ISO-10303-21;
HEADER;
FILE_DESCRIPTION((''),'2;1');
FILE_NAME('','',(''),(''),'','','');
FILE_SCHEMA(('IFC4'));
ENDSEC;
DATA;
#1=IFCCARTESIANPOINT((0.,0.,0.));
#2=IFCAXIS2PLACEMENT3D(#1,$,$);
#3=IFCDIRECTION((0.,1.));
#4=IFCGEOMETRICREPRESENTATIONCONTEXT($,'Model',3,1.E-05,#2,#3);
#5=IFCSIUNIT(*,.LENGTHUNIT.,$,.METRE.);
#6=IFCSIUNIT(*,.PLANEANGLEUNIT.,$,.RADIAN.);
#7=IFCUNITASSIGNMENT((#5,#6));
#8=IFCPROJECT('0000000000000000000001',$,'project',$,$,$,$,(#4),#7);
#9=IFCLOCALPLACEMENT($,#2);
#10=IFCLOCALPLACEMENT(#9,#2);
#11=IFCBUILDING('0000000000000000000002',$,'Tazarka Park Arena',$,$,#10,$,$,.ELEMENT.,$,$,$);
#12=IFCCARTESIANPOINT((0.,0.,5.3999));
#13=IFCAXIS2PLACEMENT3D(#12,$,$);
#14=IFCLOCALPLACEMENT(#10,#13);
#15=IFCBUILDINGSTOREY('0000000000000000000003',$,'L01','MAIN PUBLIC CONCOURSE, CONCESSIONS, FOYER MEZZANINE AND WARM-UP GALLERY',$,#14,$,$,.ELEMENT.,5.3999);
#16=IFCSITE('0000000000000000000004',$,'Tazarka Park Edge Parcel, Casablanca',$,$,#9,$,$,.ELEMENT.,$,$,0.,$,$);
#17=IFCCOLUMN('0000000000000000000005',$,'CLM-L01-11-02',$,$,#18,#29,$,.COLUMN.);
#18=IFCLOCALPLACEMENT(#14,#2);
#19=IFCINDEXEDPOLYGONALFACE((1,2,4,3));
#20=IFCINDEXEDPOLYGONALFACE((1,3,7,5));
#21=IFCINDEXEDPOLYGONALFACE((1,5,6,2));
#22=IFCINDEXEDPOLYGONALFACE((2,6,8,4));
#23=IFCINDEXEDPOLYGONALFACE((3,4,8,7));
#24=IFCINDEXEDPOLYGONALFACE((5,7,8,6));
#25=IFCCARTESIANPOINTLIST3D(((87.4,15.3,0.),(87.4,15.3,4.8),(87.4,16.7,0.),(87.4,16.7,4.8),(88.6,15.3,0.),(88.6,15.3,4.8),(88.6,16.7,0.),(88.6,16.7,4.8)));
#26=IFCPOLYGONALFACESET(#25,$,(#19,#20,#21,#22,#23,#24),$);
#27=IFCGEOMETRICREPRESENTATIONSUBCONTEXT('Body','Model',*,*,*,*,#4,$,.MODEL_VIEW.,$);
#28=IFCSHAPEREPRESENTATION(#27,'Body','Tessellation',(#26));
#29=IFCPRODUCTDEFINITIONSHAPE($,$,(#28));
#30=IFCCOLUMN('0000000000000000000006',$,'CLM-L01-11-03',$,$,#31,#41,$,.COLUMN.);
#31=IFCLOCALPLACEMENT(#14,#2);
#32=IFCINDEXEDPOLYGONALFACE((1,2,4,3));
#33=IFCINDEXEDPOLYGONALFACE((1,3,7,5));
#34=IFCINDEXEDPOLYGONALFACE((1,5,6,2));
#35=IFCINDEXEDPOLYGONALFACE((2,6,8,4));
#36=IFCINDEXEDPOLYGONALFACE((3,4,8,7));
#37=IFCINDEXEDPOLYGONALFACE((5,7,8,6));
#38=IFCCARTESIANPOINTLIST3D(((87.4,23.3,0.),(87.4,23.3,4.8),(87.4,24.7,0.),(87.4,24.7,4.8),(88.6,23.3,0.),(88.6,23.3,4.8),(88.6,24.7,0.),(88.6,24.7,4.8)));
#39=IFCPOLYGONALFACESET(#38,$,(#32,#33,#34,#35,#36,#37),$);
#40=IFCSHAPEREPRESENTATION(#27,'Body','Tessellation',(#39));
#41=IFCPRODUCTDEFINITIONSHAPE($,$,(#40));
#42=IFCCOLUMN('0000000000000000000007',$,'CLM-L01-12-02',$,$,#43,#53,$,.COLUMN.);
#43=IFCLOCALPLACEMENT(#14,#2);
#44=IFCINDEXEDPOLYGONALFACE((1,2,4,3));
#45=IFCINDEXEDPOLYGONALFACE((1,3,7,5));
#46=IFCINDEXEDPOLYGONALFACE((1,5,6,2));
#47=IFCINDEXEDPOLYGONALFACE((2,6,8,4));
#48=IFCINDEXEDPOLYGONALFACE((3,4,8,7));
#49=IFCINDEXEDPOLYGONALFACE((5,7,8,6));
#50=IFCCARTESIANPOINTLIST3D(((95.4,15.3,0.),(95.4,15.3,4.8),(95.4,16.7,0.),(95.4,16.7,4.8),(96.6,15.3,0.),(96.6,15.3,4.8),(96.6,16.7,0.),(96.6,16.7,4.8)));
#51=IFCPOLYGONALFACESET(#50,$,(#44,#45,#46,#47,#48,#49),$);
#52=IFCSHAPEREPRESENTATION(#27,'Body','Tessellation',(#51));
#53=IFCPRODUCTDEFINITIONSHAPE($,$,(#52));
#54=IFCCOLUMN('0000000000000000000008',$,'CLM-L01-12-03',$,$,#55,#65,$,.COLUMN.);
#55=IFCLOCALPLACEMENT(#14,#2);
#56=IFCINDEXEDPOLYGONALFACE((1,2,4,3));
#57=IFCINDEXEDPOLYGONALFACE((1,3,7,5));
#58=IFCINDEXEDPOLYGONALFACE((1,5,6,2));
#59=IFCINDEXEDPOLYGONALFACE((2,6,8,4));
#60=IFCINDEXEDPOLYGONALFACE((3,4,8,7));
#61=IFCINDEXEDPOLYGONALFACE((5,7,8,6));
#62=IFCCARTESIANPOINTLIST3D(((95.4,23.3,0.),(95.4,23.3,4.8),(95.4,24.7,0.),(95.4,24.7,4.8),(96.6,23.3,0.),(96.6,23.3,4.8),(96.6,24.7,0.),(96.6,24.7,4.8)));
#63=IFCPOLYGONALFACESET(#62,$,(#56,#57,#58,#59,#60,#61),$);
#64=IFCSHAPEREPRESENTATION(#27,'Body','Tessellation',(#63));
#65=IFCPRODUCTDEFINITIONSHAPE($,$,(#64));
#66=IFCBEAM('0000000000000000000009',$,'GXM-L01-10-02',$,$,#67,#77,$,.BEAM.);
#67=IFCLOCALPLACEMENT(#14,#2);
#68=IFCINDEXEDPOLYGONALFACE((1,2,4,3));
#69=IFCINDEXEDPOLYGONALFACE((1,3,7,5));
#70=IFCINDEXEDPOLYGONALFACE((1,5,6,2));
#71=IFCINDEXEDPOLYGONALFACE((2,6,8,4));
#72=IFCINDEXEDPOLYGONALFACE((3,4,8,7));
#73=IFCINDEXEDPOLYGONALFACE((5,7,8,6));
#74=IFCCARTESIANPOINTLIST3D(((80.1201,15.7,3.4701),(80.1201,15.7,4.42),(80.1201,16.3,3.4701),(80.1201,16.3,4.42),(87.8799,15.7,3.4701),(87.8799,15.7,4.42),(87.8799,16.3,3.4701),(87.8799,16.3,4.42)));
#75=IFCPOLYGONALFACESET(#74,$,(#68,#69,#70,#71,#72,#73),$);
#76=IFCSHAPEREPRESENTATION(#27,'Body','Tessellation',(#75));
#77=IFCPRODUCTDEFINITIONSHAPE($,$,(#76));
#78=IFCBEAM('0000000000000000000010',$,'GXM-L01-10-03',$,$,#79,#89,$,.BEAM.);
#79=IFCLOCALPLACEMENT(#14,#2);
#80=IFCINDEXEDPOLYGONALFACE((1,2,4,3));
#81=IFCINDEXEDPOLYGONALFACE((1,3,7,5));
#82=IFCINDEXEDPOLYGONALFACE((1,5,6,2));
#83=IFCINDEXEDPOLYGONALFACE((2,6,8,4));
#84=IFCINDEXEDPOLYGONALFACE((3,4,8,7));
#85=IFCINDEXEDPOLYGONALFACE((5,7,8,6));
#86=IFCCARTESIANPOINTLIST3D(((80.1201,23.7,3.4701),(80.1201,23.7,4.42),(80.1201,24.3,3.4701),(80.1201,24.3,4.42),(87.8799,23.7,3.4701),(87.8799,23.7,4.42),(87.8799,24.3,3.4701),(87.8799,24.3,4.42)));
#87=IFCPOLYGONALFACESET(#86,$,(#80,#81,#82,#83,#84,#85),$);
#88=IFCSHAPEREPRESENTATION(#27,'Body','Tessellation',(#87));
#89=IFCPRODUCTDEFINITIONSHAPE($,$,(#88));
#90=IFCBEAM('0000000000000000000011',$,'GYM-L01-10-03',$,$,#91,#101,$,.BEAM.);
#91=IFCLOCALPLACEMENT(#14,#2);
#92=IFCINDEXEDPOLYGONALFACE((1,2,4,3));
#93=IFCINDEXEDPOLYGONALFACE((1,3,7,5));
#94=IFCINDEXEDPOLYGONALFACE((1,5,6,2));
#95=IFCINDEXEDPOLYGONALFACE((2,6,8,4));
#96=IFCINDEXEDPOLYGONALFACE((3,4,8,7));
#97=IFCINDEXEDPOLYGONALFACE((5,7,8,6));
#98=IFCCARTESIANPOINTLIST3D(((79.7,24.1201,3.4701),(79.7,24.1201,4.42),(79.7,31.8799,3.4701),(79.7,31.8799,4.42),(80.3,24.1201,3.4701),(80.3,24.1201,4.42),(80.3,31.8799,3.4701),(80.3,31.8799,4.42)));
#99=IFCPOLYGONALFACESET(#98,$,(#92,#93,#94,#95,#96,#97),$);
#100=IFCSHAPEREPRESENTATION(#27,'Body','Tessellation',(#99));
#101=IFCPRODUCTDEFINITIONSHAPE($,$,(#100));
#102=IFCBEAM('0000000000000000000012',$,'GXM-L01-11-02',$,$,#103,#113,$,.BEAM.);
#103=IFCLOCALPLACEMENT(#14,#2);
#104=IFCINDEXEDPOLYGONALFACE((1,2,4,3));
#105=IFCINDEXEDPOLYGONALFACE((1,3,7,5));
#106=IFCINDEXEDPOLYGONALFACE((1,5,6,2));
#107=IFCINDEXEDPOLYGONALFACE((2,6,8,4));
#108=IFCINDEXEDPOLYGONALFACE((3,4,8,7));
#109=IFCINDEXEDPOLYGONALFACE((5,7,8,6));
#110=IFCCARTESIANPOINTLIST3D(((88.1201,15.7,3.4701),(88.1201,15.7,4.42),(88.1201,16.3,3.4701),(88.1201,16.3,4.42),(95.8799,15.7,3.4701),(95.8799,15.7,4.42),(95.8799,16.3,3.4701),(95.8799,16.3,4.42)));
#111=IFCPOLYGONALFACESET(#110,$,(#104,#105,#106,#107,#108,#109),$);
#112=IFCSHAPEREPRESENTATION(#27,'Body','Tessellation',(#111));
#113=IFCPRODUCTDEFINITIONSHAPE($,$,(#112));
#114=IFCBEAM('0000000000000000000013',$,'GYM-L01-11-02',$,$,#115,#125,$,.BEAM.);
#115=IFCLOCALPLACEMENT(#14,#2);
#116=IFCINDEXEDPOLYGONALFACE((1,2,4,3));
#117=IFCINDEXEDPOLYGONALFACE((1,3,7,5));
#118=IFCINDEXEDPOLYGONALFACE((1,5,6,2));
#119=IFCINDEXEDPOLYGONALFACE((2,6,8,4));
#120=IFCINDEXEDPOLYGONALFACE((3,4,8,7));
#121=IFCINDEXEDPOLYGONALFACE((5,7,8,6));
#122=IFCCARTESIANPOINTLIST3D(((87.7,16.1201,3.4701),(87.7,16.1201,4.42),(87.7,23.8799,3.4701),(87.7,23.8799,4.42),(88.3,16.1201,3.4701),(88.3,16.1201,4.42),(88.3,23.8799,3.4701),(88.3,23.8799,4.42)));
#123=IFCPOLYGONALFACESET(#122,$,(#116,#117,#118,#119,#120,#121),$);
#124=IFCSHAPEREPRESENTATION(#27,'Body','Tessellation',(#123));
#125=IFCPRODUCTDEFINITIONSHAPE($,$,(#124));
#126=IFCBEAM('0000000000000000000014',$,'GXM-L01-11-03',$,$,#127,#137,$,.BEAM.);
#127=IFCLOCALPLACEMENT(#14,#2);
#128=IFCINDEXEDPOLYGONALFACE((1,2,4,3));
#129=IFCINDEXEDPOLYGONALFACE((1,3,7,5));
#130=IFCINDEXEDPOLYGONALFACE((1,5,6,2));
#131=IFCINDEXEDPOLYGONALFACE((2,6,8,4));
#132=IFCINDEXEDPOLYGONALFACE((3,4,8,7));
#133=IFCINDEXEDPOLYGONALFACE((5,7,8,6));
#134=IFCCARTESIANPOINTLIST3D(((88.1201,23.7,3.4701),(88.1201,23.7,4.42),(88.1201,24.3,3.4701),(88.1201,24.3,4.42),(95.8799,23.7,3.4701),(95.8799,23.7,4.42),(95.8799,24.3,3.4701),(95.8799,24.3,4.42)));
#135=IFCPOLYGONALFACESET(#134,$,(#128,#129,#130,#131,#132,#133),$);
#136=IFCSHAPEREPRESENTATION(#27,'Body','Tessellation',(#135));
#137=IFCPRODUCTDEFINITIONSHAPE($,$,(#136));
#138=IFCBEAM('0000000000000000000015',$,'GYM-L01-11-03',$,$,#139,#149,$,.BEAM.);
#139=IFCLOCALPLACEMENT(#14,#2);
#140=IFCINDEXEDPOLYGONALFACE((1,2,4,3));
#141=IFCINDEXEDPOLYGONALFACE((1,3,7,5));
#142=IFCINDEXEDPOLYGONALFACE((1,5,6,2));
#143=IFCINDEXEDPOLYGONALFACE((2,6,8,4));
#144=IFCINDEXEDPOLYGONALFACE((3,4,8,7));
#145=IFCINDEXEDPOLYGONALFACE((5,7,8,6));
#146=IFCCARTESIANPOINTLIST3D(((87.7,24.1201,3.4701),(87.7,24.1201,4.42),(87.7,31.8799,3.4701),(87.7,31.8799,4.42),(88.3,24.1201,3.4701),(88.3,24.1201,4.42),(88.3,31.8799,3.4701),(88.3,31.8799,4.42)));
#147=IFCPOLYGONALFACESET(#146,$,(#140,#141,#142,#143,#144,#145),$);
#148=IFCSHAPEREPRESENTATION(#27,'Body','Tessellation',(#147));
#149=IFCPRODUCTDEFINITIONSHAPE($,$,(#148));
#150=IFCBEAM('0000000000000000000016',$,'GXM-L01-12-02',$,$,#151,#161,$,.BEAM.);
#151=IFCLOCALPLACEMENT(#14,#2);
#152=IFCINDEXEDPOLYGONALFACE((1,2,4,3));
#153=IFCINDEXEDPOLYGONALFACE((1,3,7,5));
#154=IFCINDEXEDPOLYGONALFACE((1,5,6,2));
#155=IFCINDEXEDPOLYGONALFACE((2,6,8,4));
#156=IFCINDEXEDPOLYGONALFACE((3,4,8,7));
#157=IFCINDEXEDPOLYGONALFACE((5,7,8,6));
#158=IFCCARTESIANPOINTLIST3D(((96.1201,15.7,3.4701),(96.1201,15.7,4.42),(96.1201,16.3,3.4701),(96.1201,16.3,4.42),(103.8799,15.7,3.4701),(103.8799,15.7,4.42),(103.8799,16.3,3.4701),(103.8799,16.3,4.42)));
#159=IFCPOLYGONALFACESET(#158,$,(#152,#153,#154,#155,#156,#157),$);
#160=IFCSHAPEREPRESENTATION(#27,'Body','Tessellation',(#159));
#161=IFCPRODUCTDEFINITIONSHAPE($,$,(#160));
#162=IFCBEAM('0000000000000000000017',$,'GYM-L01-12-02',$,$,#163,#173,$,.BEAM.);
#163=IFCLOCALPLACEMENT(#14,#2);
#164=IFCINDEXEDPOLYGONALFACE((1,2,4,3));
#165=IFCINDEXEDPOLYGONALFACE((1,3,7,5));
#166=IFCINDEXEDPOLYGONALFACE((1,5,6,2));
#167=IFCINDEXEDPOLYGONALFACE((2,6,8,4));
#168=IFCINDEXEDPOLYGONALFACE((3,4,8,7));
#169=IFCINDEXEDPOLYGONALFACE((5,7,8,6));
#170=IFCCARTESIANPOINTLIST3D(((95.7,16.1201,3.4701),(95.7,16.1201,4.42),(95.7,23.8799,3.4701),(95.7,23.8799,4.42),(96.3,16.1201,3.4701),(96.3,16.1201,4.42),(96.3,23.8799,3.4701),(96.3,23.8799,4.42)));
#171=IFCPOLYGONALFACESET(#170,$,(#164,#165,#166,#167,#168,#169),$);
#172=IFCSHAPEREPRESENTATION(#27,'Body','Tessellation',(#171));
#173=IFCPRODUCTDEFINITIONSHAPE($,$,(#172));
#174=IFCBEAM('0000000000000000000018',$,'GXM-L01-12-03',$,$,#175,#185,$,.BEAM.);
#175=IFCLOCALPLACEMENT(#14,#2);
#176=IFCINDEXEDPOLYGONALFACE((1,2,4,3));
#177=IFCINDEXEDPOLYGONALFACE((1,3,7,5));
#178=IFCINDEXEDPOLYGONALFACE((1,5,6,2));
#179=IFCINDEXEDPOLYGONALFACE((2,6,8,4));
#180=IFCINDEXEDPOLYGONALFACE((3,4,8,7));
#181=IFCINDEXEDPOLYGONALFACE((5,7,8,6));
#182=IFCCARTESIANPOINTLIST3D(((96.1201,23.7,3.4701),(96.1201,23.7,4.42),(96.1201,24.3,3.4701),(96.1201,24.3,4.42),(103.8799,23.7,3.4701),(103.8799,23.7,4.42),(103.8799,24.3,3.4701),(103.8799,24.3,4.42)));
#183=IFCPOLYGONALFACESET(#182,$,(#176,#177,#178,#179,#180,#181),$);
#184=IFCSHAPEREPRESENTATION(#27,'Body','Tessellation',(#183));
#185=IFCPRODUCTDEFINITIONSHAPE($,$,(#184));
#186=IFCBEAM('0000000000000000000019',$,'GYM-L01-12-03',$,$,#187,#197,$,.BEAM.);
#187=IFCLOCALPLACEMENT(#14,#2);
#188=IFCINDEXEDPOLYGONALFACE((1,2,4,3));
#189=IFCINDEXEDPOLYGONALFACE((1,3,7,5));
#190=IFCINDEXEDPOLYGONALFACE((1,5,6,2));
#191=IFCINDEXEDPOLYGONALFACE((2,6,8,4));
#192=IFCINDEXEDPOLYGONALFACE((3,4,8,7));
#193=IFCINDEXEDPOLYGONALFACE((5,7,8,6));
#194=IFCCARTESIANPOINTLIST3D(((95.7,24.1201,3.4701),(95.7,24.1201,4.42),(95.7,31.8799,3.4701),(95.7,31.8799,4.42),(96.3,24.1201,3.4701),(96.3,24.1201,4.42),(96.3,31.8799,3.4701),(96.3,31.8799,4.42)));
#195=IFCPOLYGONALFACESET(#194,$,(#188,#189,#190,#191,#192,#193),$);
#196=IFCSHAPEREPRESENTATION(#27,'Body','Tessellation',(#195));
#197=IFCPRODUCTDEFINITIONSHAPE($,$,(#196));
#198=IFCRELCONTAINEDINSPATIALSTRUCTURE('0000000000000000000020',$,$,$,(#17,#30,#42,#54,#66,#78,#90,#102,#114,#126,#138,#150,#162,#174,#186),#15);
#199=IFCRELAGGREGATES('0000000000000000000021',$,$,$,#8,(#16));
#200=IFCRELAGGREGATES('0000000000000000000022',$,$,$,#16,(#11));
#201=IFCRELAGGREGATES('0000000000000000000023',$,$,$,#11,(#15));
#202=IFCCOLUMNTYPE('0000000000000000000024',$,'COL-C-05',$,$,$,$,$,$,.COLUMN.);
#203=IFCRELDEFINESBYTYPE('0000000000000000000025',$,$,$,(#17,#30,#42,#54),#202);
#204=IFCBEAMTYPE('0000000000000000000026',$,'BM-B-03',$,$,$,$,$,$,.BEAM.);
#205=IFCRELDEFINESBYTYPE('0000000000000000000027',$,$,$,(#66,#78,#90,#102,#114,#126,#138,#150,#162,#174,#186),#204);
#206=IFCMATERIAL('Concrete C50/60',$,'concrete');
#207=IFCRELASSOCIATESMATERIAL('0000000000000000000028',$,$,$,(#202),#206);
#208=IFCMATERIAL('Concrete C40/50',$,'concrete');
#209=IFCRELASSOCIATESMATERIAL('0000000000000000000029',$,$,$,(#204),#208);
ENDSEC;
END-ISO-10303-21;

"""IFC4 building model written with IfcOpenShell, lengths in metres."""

from ifc_helpers import new_model, si_unit, direction, frame, origin, origin_2d, place, context, subcontext, project, spatial, rectangle, extrude, material, material_profile, profile_set, type_object, element, save


model = new_model("IFC4")

# Units and contexts
model_context = context("Model", 3, precision=1e-05, world=origin(), true_north=direction((0.0, 1.0)))
body_context = subcontext(model_context, "Body", "Model", "MODEL_VIEW")
ifc_project = project(units=[si_unit("LENGTHUNIT", "METRE"), si_unit("PLANEANGLEUNIT", "RADIAN")], contexts=[model_context])

# Site, building, storey
site_placement = place(None, origin())
site = spatial("IfcSite", under=ifc_project, at=site_placement, Name="Tazarka Park Edge Parcel, Casablanca", CompositionType="ELEMENT", RefElevation=0.0)
building_placement = place(site_placement, origin())
building = spatial("IfcBuilding", under=site, at=building_placement, Name="Tazarka Park Arena", CompositionType="ELEMENT")
storey_placement = place(building_placement, frame((0.0, 0.0, 5.3999)))
storey = spatial("IfcBuildingStorey", under=building, at=storey_placement, Name="L01", Description="MAIN PUBLIC CONCOURSE, CONCESSIONS, FOYER MEZZANINE AND WARM-UP GALLERY", CompositionType="ELEMENT", Elevation=5.3999)

# Columns
ifc_material_1 = material(Name="Concrete C50/60", Category="concrete")
ifc_material_profile_1 = material_profile(ifc_material_1, rectangle(XDim=1.2, YDim=1.3999, at=origin_2d()), Name="Concrete C50/60")
ifc_profile_set_1 = profile_set([ifc_material_profile_1], Name="Concrete C50/60")
column_type = type_object("IfcColumnType", Name="COL-C-05", PredefinedType="COLUMN", material=ifc_profile_set_1)
for number, where, z_axis, x_axis, name in (
    (1, (88.0, 16.0, 0.0), (0.0, 0.0, 1.0), (1.0, 0.0, 0.0), "CLM-L01-11-02"),
    (2, (88.0, 24.0, 0.0), (0.0, 0.0, 1.0), (1.0, 0.0, 0.0), "CLM-L01-11-03"),
    (3, (96.0, 16.0, 0.0), (0.0, 0.0, 1.0), (1.0, 0.0, 0.0), "CLM-L01-12-02"),
    (4, (96.0, 24.0, 0.0), (0.0, 0.0, 1.0), (1.0, 0.0, 0.0), "CLM-L01-12-03"),
):
    element("IfcColumn", number, at=place(storey_placement, frame(where, z_axis=z_axis, x_axis=x_axis)), inside=storey, type_object=column_type, Name=name, PredefinedType="COLUMN", context=body_context, shape_type="SweptSolid", body=[
        extrude(rectangle(XDim=1.2, YDim=1.3999, at=origin_2d()), origin(), (0.0, 0.0, 1.0), 4.8),
    ])

# Beams
ifc_material_2 = material(Name="Concrete C40/50", Category="concrete")
ifc_material_profile_2 = material_profile(ifc_material_2, rectangle(XDim=0.6001, YDim=0.95, at=origin_2d()), Name="Concrete C40/50")
ifc_profile_set_2 = profile_set([ifc_material_profile_2], Name="Concrete C40/50")
beam_type_1 = type_object("IfcBeamType", Name="BM-B-03", PredefinedType="BEAM", material=ifc_profile_set_2)
for number, where, z_axis, x_axis, name in (
    (5, (80.1201, 16.0, 3.9451), (1.0, 0.0, 0.0), (0.0, 1.0, 0.0), "GXM-L01-10-02"),
    (6, (80.1201, 24.0, 3.9451), (1.0, 0.0, 0.0), (0.0, 1.0, 0.0), "GXM-L01-10-03"),
    (7, (80.0, 24.1201, 3.9451), (0.0, 1.0, 0.0), (-1.0, 0.0, 0.0), "GYM-L01-10-03"),
    (8, (88.1201, 16.0, 3.9451), (1.0, 0.0, 0.0), (0.0, 1.0, 0.0), "GXM-L01-11-02"),
    (9, (88.0, 16.1201, 3.9451), (0.0, 1.0, 0.0), (-1.0, 0.0, 0.0), "GYM-L01-11-02"),
    (10, (88.1201, 24.0, 3.9451), (1.0, 0.0, 0.0), (0.0, 1.0, 0.0), "GXM-L01-11-03"),
    (11, (88.0, 24.1201, 3.9451), (0.0, 1.0, 0.0), (-1.0, 0.0, 0.0), "GYM-L01-11-03"),
    (12, (96.1201, 16.0, 3.9451), (1.0, 0.0, 0.0), (0.0, 1.0, 0.0), "GXM-L01-12-02"),
    (13, (96.0, 16.1201, 3.9451), (0.0, 1.0, 0.0), (-1.0, 0.0, 0.0), "GYM-L01-12-02"),
    (14, (96.1201, 24.0, 3.9451), (1.0, 0.0, 0.0), (0.0, 1.0, 0.0), "GXM-L01-12-03"),
    (15, (96.0, 24.1201, 3.9451), (0.0, 1.0, 0.0), (-1.0, 0.0, 0.0), "GYM-L01-12-03"),
):
    element("IfcBeam", number, at=place(storey_placement, frame(where, z_axis=z_axis, x_axis=x_axis)), inside=storey, type_object=beam_type_1, Name=name, PredefinedType="BEAM", context=body_context, shape_type="SweptSolid", body=[
        extrude(rectangle(XDim=0.6001, YDim=0.95, at=origin_2d()), origin(), (0.0, 0.0, 1.0), 7.7598),
    ])

save(model, "model.ifc")
